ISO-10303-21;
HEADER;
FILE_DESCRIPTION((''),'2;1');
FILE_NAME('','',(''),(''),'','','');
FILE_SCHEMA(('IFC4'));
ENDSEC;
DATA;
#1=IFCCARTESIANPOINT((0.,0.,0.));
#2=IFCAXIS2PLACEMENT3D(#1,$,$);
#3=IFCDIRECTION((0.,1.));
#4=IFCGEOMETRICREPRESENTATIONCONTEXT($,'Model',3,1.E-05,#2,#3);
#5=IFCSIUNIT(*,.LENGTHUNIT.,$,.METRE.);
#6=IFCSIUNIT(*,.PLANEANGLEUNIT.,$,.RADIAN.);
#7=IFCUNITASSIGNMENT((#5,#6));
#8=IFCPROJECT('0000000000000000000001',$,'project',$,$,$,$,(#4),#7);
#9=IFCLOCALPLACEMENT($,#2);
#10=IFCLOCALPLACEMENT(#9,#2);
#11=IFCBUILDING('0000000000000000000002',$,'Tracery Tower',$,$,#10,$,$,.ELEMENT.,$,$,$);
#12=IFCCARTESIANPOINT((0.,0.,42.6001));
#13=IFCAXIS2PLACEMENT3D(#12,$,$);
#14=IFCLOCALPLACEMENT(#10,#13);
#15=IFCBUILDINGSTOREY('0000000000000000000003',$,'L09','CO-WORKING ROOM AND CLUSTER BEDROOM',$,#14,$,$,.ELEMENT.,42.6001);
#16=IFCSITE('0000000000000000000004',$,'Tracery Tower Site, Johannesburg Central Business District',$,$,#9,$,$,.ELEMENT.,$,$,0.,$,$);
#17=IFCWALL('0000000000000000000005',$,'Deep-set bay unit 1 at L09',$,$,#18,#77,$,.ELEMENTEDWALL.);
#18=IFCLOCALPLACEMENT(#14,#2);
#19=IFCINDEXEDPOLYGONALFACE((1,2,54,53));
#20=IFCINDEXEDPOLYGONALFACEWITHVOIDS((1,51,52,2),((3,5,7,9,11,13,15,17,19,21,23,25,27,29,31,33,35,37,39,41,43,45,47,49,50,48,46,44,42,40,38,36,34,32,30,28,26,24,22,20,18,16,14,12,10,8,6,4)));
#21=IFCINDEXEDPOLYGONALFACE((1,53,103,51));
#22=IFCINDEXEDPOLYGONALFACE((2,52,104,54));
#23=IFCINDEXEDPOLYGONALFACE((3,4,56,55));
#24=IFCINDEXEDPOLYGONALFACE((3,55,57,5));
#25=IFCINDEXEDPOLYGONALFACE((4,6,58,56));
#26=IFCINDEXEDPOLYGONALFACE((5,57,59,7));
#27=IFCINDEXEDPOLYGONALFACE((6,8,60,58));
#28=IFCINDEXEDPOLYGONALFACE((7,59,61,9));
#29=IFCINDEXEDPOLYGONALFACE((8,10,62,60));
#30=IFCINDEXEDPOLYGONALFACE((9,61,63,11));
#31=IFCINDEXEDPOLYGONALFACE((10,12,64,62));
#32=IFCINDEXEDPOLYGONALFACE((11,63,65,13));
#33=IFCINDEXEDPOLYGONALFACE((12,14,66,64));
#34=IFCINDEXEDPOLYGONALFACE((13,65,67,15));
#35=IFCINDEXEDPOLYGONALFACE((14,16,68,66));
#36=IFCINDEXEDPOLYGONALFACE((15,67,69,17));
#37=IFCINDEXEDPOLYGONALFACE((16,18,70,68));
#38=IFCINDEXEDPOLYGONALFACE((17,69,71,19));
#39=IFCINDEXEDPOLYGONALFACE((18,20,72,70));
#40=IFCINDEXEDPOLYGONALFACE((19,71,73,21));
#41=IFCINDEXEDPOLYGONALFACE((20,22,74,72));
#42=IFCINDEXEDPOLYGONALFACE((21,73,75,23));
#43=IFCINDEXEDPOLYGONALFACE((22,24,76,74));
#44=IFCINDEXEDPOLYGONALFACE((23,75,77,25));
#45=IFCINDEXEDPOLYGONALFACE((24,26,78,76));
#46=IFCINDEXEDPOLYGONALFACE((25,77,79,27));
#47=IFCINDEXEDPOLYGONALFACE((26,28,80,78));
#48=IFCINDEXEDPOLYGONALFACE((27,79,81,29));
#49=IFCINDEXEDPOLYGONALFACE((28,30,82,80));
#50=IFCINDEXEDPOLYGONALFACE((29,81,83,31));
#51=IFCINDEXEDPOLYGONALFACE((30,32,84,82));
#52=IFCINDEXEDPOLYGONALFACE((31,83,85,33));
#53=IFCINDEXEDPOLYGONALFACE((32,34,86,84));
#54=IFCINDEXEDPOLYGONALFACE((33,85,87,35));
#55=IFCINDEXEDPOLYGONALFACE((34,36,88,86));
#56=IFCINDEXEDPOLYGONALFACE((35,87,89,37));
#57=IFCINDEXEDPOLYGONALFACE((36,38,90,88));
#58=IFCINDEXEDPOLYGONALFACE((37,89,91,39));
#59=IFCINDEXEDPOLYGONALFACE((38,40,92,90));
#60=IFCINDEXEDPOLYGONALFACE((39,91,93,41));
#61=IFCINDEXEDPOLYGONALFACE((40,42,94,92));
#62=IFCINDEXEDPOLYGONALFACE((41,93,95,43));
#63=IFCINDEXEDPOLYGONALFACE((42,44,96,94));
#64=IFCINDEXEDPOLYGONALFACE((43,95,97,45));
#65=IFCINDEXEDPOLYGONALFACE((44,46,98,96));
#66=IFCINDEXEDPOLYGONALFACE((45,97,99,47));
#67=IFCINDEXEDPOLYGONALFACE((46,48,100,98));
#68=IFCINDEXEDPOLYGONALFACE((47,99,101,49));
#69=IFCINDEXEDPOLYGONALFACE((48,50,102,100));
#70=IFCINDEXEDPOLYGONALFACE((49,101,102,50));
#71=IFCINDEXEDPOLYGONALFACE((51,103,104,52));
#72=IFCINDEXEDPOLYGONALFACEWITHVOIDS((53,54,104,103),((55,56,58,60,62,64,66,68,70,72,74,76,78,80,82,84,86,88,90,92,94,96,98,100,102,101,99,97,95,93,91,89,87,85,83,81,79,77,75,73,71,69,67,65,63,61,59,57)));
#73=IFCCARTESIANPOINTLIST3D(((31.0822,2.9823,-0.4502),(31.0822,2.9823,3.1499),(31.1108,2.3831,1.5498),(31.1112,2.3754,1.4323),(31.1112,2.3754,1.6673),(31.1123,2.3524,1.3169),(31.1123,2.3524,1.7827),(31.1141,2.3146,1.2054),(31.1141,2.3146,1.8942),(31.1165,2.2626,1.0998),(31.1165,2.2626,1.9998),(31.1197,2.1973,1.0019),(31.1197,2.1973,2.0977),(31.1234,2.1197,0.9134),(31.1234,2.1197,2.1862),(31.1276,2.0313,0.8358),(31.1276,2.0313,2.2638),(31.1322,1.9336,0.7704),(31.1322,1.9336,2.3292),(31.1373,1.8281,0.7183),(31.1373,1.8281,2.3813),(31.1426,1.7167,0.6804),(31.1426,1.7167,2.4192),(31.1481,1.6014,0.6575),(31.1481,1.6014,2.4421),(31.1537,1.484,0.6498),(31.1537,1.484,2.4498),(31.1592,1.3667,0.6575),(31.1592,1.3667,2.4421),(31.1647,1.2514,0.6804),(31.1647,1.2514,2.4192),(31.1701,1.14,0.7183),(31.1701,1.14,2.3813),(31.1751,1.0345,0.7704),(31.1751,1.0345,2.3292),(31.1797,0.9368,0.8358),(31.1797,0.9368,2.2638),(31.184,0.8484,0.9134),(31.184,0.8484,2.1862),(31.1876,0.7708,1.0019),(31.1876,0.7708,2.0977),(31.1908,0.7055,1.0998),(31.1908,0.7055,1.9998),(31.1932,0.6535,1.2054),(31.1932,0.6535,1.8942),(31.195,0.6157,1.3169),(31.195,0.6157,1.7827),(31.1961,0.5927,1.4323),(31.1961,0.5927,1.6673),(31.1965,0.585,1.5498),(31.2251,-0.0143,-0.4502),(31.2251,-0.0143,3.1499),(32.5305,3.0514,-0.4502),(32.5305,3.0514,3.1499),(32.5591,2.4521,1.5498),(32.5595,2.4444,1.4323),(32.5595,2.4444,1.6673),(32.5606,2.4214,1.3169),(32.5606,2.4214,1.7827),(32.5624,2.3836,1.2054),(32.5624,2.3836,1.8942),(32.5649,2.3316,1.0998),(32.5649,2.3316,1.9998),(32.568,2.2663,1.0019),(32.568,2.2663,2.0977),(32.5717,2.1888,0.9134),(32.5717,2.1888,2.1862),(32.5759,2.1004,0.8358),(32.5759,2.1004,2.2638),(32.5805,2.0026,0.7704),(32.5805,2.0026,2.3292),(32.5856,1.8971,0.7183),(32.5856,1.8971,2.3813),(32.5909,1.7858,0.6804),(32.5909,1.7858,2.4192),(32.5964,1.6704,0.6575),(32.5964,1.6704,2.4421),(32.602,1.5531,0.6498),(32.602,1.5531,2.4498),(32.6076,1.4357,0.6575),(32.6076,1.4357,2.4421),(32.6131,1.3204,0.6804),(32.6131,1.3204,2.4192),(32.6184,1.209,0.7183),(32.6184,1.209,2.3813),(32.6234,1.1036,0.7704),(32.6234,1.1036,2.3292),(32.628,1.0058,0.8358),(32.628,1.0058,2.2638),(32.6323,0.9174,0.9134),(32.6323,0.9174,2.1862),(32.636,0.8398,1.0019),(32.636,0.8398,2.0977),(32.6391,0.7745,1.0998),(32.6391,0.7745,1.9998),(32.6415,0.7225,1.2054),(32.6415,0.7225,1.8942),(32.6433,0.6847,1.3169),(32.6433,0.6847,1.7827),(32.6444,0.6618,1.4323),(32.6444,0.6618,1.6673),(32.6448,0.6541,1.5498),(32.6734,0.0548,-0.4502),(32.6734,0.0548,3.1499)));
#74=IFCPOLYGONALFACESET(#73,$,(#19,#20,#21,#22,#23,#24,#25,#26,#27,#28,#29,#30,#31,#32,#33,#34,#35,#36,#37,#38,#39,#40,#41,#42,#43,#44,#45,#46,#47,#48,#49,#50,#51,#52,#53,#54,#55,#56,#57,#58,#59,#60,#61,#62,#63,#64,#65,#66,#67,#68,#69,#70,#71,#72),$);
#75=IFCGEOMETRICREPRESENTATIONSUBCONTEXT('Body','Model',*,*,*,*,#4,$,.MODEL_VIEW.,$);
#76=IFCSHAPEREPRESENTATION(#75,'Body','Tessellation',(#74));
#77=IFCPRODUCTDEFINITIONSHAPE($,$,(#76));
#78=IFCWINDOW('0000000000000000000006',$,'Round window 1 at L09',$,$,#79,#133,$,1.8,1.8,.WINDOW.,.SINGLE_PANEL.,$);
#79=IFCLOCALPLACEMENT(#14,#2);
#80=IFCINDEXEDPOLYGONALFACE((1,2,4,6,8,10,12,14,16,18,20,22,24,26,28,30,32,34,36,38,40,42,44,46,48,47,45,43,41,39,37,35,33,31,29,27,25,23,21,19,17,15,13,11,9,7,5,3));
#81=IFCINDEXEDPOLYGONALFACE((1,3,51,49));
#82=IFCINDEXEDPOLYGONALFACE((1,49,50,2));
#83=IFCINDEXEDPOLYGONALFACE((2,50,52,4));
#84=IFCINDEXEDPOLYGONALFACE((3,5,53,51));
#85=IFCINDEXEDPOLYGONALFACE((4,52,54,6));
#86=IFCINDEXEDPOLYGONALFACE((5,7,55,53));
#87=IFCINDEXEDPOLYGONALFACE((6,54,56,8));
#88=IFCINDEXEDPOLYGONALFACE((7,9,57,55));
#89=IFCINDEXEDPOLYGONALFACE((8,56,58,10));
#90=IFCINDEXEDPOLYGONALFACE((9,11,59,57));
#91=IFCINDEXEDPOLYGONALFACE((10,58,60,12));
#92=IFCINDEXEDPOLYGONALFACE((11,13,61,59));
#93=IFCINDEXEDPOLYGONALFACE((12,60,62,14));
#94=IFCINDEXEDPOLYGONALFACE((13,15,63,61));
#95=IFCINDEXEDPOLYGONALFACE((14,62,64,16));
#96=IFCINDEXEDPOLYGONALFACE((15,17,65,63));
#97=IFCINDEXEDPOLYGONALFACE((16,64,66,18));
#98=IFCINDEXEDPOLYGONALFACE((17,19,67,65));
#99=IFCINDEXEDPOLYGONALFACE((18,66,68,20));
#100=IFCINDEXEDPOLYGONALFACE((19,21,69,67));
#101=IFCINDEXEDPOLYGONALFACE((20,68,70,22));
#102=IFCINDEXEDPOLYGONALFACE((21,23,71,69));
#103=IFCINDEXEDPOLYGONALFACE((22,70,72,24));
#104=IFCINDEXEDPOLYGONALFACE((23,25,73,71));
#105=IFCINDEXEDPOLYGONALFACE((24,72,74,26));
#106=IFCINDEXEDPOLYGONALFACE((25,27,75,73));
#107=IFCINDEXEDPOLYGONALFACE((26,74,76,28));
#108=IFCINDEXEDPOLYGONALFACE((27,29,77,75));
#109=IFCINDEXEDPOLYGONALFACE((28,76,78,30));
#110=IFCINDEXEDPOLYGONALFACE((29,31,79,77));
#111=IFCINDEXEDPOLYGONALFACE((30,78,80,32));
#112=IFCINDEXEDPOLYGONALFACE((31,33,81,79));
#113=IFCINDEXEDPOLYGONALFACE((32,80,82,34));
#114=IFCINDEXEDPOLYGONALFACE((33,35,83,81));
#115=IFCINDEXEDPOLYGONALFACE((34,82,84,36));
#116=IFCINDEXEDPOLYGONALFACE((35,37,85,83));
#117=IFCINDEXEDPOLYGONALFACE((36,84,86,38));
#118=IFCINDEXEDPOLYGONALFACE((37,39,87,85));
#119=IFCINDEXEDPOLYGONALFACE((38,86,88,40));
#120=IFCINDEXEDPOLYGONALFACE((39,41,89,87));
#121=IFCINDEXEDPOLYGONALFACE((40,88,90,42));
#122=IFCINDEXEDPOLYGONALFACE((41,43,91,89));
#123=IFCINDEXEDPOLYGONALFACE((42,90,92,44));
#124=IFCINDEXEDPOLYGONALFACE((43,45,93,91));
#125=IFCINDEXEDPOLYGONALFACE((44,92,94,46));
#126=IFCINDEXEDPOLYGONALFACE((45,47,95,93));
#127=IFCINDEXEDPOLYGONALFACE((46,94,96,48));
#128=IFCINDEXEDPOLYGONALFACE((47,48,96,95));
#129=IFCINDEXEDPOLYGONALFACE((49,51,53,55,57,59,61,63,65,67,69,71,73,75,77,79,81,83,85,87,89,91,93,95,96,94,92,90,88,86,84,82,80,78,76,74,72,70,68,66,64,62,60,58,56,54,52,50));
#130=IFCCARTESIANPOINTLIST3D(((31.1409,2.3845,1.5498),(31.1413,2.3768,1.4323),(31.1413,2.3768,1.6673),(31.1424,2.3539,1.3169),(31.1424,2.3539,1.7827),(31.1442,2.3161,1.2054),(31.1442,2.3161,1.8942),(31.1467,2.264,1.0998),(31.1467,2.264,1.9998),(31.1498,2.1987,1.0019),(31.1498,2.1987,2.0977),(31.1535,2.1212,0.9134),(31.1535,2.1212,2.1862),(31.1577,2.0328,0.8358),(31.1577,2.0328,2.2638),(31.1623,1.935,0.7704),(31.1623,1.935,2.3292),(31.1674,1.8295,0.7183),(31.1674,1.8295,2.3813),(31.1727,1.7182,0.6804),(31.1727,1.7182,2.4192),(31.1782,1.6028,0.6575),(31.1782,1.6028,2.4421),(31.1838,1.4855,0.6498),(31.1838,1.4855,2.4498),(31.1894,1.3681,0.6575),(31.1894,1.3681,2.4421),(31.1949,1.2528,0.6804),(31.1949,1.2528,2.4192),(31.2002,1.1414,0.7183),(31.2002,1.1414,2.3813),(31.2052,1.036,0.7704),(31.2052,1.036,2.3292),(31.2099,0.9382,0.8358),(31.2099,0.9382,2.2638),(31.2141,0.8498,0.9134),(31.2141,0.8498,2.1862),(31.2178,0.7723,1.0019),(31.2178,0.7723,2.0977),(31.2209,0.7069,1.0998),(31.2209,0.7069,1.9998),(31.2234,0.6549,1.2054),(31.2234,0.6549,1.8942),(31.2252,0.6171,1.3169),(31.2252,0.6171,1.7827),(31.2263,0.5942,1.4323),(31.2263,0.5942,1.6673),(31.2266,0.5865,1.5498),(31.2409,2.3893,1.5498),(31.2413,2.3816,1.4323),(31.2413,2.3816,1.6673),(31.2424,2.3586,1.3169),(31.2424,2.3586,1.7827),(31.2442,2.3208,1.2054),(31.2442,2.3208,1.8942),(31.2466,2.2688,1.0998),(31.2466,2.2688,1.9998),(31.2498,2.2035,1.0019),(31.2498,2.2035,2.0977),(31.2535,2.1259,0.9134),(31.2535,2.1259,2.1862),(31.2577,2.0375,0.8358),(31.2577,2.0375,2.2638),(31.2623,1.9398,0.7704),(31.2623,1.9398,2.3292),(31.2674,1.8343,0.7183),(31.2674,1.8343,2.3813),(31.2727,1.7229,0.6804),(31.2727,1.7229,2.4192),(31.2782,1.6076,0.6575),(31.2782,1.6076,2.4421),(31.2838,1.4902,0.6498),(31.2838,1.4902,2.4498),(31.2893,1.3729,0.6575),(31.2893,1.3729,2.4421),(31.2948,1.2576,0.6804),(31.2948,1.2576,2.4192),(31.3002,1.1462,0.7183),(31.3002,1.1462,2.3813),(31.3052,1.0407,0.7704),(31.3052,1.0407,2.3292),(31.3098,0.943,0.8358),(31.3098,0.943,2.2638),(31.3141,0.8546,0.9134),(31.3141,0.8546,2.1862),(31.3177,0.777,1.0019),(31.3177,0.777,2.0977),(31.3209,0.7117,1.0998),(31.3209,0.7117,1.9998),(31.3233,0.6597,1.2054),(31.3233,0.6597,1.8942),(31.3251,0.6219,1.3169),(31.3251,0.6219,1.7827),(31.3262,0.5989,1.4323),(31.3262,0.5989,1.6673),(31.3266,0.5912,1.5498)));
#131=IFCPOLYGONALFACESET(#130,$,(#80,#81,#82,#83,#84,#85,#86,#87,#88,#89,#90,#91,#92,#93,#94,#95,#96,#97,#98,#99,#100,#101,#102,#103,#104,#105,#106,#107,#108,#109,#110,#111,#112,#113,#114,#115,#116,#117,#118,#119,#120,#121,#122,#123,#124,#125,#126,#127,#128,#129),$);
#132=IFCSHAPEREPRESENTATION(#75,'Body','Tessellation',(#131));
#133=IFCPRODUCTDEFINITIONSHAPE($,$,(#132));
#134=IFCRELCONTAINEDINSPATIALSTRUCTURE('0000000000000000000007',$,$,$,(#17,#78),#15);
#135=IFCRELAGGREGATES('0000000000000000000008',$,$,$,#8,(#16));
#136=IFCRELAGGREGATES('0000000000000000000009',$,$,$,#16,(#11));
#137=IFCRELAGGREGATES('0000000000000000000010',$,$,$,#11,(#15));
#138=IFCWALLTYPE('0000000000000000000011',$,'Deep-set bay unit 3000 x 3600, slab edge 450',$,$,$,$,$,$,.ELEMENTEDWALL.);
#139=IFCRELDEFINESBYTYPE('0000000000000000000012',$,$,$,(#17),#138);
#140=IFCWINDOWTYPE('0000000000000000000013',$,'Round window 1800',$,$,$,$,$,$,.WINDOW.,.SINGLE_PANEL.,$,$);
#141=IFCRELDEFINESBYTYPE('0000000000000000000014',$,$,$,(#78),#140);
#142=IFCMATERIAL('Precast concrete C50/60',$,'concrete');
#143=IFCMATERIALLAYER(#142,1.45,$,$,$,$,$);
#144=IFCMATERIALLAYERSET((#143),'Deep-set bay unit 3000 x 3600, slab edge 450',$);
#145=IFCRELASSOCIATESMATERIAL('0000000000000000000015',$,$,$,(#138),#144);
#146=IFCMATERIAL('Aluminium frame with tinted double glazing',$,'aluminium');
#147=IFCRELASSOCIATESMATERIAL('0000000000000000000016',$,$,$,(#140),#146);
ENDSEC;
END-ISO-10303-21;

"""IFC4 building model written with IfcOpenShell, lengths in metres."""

from ifc_helpers import new_model, si_unit, direction, frame, frame_2d, origin, origin_2d, place, context, subcontext, project, spatial, rectangle, circle, extrude, material, layer, layer_set, type_object, element, fill, save


model = new_model("IFC4")

# Units and contexts
model_context = context("Model", 3, precision=1e-05, world=origin(), true_north=direction((0.0, 1.0)))
body_context = subcontext(model_context, "Body", "Model", "MODEL_VIEW")
ifc_project = project(units=[si_unit("LENGTHUNIT", "METRE"), si_unit("PLANEANGLEUNIT", "RADIAN")], contexts=[model_context])

# Site, building, storey
site_placement = place(None, origin())
site = spatial("IfcSite", under=ifc_project, at=site_placement, Name="Tracery Tower Site, Johannesburg Central Business District", CompositionType="ELEMENT", RefElevation=0.0)
building_placement = place(site_placement, origin())
building = spatial("IfcBuilding", under=site, at=building_placement, Name="Tracery Tower", CompositionType="ELEMENT")
storey_placement = place(building_placement, frame((0.0, 0.0, 42.6001)))
storey = spatial("IfcBuildingStorey", under=building, at=storey_placement, Name="L09", Description="CO-WORKING ROOM AND CLUSTER BEDROOM", CompositionType="ELEMENT", Elevation=42.6001)

# Wall, opening, window
ifc_material_1 = material(Name="Precast concrete C50/60", Category="concrete")
ifc_layer_1 = layer(ifc_material_1, 1.45)
ifc_layer_set_1 = layer_set([ifc_layer_1], Name="Deep-set bay unit 3000 x 3600, slab edge 450")
wall_type_1 = type_object("IfcWallType", Name="Deep-set bay unit 3000 x 3600, slab edge 450", PredefinedType="ELEMENTEDWALL", material=ifc_layer_set_1)
wall_1_placement = place(storey_placement, frame((31.9492, 0.0203, -0.4502), z_axis=(0.0, 0.0, 1.0), x_axis=(-0.047608, 0.998866, 0.0)))
wall_1 = element("IfcWall", 1, at=wall_1_placement, inside=storey, type_object=wall_type_1, Name="Deep-set bay unit 1 at L09", PredefinedType="ELEMENTEDWALL", context=body_context, shape_type="SweptSolid", body=[
    extrude(rectangle(XDim=3.0, YDim=1.45, at=frame_2d((1.5, 0.0))), origin(), (0.0, 0.0, 1.0), 3.6001),
])
opening_1_placement = place(wall_1_placement, frame((1.5, 0.0, 2.0)))
opening_1 = element("IfcOpeningElement", 2, at=opening_1_placement, cuts=wall_1, PredefinedType="OPENING", context=body_context, shape_type="SweptSolid", body=[
    extrude(circle(Radius=0.9, at=origin_2d()), frame((0.0, 0.7349, 0.0), z_axis=(0.0, -1.0, 0.0), x_axis=(1.0, 0.0, 0.0)), (0.0, 0.0, 1.0), 1.47),
])
ifc_material_2 = material(Name="Aluminium frame with tinted double glazing", Category="aluminium")
window_type = type_object("IfcWindowType", Name="Round window 1800", PartitioningType="SINGLE_PANEL", PredefinedType="WINDOW", material=ifc_material_2)
window_1_placement = place(opening_1_placement, origin())
window_1 = element("IfcWindow", 3, at=window_1_placement, inside=storey, type_object=window_type, Name="Round window 1 at L09", OverallHeight=1.8, OverallWidth=1.8, PartitioningType="SINGLE_PANEL", PredefinedType="WINDOW", context=body_context, shape_type="SweptSolid", body=[
    extrude(circle(Radius=0.9, at=origin_2d()), frame((0.0, 0.6948, 0.0), z_axis=(0.0, -1.0, 0.0), x_axis=(1.0, 0.0, 0.0)), (0.0, 0.0, 1.0), 0.1001),
])
fill(opening_1, window_1)

save(model, "model.ifc")
